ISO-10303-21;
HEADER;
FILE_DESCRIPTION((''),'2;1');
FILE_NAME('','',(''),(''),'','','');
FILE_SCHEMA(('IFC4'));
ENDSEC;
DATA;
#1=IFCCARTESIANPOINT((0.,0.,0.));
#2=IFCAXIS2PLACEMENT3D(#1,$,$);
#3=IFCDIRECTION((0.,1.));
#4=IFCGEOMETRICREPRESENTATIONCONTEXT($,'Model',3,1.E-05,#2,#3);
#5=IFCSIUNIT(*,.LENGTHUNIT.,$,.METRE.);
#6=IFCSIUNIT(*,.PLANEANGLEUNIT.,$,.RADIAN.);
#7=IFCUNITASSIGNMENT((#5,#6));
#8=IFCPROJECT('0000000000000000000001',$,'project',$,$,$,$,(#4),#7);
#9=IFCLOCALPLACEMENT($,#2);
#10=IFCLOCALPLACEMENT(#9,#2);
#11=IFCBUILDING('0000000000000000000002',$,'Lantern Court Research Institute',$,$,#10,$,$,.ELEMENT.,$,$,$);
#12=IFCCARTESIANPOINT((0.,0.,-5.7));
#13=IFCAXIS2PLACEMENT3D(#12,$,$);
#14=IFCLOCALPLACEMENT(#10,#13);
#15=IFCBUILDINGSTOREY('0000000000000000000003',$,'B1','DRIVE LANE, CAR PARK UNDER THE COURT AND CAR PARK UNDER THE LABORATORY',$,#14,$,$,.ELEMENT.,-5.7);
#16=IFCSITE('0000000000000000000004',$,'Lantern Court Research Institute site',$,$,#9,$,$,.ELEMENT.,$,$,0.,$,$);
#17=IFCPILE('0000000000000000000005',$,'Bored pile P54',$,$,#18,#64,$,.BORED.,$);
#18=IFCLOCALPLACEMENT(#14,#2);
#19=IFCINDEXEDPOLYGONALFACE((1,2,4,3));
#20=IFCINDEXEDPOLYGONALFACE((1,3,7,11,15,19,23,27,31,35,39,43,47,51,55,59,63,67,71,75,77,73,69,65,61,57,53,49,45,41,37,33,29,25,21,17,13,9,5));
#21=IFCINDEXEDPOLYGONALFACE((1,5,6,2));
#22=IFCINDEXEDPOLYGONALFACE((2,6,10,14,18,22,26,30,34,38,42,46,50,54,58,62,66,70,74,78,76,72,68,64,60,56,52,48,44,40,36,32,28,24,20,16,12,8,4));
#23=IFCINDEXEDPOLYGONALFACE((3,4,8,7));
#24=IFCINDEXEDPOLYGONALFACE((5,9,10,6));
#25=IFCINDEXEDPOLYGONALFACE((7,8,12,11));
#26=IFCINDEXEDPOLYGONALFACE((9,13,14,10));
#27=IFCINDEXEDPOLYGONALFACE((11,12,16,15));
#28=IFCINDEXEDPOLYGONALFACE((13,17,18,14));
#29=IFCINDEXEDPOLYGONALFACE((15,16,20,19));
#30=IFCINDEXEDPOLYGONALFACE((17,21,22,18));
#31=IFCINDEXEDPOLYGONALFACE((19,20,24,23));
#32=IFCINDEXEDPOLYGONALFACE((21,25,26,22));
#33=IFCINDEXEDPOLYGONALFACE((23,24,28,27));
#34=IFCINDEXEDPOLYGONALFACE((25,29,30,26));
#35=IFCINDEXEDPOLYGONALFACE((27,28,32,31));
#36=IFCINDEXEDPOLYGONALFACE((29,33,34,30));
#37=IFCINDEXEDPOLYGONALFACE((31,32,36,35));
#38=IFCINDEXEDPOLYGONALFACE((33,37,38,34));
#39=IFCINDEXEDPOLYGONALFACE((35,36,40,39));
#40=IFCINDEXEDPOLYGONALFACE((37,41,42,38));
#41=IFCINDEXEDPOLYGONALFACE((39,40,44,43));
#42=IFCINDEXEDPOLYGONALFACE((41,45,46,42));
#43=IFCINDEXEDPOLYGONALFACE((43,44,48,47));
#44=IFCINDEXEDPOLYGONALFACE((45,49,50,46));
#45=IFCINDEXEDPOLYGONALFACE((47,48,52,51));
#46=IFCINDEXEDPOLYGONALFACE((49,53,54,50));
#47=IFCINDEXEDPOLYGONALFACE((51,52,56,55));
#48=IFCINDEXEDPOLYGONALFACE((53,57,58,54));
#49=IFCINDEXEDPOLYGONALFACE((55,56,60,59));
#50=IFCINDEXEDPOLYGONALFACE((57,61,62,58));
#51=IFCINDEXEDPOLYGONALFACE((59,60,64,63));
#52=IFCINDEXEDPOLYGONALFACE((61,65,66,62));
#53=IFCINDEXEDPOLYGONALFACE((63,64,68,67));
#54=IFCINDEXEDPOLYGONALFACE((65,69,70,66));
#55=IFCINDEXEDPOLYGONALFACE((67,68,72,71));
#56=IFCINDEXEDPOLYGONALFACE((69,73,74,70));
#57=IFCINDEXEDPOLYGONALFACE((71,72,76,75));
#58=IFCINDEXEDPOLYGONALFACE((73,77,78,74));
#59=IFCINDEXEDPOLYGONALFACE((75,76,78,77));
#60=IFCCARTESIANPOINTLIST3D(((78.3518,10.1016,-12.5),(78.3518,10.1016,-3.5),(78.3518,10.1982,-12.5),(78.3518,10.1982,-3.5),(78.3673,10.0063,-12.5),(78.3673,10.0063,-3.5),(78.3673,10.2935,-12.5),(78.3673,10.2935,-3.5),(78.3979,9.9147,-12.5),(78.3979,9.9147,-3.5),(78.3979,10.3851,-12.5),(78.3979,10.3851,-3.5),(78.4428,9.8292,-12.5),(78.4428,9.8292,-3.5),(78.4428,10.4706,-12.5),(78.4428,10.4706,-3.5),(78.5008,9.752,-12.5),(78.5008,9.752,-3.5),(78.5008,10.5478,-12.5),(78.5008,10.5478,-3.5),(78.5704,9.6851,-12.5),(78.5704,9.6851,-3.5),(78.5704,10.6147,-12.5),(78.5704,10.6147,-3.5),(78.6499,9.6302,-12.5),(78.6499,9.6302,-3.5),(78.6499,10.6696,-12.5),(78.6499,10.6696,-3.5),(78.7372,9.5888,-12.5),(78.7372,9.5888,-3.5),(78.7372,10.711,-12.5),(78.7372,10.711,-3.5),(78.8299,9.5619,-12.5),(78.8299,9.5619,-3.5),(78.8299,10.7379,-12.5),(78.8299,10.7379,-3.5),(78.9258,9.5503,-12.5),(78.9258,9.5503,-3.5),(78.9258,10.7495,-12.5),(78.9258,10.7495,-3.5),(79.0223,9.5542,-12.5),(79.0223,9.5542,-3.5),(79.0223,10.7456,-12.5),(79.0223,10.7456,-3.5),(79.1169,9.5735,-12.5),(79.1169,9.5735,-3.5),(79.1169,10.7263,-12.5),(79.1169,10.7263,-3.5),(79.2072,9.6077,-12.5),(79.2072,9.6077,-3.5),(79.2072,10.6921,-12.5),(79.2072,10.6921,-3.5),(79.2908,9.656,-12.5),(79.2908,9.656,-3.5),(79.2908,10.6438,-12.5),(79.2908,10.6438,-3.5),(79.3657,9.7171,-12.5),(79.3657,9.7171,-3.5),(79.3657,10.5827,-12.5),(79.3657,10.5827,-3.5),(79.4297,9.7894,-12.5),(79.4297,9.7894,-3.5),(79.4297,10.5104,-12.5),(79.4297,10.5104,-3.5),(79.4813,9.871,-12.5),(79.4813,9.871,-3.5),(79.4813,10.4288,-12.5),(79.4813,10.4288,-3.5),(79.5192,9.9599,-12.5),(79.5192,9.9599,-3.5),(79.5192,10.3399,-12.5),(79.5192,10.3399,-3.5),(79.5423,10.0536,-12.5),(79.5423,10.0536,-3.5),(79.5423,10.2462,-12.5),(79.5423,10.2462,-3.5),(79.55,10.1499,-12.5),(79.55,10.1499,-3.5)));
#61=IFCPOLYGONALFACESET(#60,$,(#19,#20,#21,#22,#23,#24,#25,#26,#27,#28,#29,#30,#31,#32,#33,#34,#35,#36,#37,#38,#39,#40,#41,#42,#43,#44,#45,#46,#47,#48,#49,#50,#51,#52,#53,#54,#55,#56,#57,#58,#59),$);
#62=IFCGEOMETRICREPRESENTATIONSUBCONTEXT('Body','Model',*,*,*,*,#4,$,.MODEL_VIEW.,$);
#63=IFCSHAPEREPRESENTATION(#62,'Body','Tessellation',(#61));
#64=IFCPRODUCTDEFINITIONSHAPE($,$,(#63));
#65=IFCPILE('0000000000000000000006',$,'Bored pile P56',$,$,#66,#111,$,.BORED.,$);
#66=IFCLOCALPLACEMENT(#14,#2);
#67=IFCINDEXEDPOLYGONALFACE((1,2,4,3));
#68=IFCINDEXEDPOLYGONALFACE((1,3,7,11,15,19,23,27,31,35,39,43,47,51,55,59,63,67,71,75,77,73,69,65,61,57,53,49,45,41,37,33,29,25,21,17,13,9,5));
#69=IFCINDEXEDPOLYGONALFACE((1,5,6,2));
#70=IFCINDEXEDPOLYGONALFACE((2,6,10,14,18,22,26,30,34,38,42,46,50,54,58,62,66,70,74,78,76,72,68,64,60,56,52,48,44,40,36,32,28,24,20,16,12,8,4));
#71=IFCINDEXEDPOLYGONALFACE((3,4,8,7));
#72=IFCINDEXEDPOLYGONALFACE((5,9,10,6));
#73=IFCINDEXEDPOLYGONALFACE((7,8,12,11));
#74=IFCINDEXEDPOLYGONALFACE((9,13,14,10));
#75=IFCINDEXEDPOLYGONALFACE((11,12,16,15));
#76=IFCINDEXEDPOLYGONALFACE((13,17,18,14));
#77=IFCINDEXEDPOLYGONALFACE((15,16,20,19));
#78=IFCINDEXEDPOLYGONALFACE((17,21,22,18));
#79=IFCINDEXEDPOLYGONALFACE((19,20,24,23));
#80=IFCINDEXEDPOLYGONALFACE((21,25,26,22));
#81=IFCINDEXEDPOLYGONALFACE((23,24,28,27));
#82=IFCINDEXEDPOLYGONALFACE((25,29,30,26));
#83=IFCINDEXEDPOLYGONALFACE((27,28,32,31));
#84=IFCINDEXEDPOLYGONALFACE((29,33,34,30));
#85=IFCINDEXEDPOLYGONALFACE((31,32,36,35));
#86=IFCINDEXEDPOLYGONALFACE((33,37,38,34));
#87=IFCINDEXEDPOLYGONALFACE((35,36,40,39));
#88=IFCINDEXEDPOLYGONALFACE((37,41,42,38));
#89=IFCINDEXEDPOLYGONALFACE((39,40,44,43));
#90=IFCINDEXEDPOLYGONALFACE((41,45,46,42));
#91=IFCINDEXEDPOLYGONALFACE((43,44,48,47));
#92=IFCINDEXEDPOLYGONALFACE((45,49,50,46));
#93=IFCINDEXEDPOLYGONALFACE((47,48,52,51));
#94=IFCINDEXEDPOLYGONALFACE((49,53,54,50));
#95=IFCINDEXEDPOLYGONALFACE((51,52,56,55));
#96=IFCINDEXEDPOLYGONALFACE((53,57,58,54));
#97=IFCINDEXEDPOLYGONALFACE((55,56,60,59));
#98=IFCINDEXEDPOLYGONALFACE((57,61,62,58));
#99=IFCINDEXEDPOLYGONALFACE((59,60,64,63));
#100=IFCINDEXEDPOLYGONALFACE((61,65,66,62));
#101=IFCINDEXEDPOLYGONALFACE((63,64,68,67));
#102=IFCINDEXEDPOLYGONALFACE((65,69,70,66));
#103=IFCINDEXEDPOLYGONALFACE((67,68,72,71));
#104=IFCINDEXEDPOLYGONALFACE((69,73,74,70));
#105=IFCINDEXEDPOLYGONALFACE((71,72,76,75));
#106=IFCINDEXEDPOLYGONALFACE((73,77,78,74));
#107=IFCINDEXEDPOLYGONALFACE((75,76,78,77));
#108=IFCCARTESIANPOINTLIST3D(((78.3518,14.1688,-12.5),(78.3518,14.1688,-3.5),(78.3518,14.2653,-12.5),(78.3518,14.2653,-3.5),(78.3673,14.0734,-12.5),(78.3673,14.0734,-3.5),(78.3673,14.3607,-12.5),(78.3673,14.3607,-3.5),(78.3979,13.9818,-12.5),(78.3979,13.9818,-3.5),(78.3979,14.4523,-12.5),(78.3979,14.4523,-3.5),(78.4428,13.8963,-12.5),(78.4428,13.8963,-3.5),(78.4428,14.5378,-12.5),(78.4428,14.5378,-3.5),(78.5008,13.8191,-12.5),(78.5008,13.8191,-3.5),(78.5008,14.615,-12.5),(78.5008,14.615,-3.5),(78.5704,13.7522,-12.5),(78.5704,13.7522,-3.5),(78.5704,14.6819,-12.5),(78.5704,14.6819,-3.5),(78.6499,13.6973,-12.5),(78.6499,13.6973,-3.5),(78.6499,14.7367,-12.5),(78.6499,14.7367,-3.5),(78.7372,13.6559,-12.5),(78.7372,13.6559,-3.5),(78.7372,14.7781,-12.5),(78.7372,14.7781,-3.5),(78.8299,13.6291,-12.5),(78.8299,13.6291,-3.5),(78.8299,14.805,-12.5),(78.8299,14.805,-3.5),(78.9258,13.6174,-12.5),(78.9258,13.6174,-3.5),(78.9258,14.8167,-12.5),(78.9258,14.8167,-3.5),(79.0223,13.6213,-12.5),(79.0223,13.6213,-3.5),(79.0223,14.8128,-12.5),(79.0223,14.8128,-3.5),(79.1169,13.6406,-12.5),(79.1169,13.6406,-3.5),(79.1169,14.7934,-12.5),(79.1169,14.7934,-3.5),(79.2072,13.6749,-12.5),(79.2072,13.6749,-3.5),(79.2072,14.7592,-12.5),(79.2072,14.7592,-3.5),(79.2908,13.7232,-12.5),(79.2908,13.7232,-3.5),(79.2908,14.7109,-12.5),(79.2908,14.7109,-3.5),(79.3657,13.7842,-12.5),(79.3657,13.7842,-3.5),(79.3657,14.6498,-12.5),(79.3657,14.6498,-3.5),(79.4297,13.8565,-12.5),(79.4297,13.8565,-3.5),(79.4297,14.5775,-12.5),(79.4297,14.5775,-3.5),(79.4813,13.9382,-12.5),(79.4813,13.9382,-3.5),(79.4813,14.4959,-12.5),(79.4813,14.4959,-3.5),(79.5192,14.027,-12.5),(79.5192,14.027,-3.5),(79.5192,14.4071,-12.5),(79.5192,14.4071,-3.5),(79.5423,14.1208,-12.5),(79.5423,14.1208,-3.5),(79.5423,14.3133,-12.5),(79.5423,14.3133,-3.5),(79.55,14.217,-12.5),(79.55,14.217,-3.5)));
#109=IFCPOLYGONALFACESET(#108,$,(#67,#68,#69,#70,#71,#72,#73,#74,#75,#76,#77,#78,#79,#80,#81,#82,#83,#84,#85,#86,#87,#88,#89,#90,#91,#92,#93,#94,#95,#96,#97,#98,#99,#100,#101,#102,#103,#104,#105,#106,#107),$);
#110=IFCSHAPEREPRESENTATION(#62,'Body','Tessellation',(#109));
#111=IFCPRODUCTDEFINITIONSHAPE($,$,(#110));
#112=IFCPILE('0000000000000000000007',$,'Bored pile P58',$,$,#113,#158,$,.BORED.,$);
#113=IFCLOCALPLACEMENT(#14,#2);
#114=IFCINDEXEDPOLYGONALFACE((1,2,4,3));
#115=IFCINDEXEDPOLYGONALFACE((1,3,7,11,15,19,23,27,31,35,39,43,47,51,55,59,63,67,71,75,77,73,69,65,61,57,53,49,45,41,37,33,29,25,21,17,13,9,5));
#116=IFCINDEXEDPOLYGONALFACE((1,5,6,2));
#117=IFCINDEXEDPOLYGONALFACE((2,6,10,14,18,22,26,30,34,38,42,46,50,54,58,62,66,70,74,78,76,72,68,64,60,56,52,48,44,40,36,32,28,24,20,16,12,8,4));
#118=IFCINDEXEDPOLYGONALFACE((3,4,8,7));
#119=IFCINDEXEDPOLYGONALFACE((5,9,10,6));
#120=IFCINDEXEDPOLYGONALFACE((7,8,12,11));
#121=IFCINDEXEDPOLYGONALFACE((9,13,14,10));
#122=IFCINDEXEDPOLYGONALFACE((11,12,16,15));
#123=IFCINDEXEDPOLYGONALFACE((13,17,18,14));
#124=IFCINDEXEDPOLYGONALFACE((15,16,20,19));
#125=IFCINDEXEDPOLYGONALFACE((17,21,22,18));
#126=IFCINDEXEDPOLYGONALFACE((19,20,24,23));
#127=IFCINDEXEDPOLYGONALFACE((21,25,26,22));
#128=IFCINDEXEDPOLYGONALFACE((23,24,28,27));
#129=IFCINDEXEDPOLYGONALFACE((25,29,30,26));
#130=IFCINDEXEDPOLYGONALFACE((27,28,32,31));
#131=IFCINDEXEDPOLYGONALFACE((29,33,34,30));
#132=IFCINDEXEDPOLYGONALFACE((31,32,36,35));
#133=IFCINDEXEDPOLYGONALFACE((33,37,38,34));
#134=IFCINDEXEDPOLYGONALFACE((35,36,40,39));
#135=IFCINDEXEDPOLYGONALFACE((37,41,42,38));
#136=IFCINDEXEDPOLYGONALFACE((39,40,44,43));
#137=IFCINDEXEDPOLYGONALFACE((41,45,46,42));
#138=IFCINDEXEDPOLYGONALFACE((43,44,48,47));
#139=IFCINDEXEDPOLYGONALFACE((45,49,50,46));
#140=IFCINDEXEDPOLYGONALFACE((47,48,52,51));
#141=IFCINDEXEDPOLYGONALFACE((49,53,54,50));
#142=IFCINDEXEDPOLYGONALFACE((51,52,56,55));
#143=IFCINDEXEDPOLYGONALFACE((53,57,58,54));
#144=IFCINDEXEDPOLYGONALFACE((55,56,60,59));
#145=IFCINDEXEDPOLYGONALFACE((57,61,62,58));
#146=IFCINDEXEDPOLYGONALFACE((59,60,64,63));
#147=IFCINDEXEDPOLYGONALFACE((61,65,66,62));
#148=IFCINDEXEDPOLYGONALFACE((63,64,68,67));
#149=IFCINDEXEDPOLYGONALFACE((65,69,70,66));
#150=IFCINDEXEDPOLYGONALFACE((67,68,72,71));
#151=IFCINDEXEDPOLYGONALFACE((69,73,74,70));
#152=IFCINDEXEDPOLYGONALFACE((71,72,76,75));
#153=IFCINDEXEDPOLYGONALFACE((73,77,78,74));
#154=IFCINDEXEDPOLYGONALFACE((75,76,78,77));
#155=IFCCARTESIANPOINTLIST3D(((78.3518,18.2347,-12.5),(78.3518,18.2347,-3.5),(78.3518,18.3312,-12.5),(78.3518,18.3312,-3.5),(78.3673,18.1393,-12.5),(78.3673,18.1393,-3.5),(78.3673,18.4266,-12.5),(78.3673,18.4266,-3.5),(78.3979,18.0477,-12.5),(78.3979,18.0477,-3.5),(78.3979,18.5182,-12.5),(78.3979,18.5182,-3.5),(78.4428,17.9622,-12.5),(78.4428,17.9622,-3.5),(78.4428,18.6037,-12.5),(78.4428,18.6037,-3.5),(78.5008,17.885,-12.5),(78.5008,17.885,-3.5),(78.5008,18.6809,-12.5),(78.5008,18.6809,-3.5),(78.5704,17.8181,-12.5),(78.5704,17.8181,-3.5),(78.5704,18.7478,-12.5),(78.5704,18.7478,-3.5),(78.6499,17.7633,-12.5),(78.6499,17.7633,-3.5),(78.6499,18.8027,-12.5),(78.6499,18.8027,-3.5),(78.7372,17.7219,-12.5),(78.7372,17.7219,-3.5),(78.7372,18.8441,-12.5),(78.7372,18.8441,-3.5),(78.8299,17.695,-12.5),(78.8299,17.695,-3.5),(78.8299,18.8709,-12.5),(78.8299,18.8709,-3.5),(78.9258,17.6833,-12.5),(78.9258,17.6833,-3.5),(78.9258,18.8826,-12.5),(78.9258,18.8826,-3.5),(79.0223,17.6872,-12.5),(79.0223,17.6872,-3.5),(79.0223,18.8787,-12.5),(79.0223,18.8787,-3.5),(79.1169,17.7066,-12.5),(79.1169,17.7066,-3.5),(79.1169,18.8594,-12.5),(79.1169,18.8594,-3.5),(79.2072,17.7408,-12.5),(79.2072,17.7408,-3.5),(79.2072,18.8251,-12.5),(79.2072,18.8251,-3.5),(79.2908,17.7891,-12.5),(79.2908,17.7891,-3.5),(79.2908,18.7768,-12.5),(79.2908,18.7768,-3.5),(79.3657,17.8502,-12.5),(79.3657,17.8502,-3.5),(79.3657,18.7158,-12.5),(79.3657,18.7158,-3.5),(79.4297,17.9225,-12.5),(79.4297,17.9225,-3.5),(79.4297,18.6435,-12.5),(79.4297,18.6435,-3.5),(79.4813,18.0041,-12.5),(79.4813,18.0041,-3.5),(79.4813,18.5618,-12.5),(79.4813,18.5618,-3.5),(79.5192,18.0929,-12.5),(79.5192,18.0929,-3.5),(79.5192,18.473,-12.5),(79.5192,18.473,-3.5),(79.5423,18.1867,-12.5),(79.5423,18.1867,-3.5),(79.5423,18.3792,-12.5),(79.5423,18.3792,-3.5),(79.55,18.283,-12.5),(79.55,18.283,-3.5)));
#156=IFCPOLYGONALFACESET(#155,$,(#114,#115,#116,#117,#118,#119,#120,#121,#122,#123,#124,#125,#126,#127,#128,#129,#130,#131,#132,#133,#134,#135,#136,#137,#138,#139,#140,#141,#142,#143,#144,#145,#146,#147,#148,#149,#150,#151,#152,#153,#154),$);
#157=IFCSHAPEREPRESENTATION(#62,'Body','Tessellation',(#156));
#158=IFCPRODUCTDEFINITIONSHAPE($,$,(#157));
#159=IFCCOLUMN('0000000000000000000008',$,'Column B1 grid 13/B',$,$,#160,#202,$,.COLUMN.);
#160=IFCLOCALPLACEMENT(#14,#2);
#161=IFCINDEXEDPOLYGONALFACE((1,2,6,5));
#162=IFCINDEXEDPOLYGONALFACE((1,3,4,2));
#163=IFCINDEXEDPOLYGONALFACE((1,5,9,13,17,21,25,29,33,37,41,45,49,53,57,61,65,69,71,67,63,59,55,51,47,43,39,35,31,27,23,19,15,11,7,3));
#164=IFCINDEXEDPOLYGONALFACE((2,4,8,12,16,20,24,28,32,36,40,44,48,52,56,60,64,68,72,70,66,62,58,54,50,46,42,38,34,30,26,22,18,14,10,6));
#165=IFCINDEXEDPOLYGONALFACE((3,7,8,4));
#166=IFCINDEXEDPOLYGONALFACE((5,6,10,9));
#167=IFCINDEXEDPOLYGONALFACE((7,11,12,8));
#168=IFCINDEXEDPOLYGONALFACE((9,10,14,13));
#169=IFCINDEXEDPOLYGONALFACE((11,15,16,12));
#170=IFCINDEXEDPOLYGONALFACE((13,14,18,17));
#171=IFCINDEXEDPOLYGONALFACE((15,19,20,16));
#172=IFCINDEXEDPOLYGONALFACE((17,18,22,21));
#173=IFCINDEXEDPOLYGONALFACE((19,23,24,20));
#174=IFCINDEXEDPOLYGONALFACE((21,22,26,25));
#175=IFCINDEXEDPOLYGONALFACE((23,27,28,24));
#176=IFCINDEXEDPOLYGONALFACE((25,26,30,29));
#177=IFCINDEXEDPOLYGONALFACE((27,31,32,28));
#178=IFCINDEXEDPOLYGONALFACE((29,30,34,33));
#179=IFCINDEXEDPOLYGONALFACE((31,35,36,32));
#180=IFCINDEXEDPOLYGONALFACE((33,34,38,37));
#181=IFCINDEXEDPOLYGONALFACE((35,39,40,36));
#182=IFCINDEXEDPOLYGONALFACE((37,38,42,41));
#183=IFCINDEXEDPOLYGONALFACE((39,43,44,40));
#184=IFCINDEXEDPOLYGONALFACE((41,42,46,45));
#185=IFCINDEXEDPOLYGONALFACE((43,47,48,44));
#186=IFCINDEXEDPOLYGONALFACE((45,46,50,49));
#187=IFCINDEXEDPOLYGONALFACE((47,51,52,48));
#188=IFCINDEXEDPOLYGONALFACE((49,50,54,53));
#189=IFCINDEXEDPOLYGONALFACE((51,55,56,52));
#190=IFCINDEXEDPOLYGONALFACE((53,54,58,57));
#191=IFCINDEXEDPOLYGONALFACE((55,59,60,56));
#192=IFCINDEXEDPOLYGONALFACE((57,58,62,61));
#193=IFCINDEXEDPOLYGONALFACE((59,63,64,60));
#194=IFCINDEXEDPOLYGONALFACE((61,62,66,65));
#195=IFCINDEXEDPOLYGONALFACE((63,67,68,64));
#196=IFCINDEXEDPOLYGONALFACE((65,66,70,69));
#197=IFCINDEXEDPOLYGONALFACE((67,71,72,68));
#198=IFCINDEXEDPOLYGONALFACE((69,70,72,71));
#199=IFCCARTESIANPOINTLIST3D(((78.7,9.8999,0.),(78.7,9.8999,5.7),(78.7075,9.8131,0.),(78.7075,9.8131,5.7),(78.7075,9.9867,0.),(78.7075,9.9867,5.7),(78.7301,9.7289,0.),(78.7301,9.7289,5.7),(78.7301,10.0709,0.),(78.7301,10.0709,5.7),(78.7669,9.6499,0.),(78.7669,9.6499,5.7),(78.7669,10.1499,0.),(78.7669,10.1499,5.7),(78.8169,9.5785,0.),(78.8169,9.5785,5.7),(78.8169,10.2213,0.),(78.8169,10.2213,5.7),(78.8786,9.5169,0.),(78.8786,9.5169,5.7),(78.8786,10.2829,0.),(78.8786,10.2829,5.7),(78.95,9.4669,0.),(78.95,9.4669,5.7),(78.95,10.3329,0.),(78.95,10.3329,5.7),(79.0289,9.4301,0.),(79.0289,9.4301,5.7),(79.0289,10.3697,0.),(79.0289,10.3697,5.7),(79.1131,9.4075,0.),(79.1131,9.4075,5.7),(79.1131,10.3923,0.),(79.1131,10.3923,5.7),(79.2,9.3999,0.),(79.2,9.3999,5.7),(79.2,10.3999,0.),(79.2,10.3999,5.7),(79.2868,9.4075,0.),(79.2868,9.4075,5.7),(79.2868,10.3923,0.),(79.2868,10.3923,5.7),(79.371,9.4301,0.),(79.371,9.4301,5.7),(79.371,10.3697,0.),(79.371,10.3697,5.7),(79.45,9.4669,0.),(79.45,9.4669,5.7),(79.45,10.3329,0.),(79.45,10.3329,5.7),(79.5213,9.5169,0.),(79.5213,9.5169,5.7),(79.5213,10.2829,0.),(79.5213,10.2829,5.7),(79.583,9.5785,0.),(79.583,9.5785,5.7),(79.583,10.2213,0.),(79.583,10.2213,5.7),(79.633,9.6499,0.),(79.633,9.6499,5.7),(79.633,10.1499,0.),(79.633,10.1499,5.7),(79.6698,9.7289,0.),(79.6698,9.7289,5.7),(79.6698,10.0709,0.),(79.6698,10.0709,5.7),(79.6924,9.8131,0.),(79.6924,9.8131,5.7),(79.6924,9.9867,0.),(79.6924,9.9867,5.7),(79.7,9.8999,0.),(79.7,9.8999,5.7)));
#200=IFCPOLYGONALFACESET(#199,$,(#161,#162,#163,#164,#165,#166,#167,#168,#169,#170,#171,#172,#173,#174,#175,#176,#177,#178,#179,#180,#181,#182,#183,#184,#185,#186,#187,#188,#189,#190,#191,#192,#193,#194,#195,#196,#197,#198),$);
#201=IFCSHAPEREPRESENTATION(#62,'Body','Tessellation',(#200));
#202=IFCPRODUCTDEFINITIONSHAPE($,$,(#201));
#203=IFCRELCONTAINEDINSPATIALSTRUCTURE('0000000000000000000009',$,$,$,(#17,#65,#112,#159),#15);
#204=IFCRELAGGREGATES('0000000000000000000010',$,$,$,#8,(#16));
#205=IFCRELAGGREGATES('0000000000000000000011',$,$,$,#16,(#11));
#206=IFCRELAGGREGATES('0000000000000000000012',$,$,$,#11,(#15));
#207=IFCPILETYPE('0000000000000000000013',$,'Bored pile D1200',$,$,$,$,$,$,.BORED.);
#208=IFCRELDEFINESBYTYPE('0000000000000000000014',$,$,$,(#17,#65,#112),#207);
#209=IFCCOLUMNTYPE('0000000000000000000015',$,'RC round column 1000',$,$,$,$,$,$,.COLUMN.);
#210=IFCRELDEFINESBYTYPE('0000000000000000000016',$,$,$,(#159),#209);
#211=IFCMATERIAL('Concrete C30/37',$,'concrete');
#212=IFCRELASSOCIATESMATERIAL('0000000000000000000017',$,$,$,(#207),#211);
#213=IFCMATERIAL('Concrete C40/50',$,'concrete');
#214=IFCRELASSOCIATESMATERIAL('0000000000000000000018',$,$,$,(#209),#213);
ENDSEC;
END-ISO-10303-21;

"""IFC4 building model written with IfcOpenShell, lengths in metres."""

from ifc_helpers import new_model, si_unit, direction, frame, origin, origin_2d, place, context, subcontext, project, spatial, circle, extrude, material, material_profile, profile_set, type_object, element, save


model = new_model("IFC4")

# Units and contexts
model_context = context("Model", 3, precision=1e-05, world=origin(), true_north=direction((0.0, 1.0)))
body_context = subcontext(model_context, "Body", "Model", "MODEL_VIEW")
ifc_project = project(units=[si_unit("LENGTHUNIT", "METRE"), si_unit("PLANEANGLEUNIT", "RADIAN")], contexts=[model_context])

# Site, building, storey
site_placement = place(None, origin())
site = spatial("IfcSite", under=ifc_project, at=site_placement, Name="Lantern Court Research Institute site", CompositionType="ELEMENT", RefElevation=0.0)
building_placement = place(site_placement, origin())
building = spatial("IfcBuilding", under=site, at=building_placement, Name="Lantern Court Research Institute", CompositionType="ELEMENT")
storey_placement = place(building_placement, frame((0.0, 0.0, -5.7)))
storey = spatial("IfcBuildingStorey", under=building, at=storey_placement, Name="B1", Description="DRIVE LANE, CAR PARK UNDER THE COURT AND CAR PARK UNDER THE LABORATORY", CompositionType="ELEMENT", Elevation=-5.7)

# Piles
ifc_material_1 = material(Name="Concrete C30/37", Category="concrete")
ifc_material_profile_1 = material_profile(ifc_material_1, circle(Radius=0.6001, at=origin_2d()), Name="Bored pile D1200")
ifc_profile_set_1 = profile_set([ifc_material_profile_1], Name="Concrete C30/37")
pile_type = type_object("IfcPileType", Name="Bored pile D1200", PredefinedType="BORED", material=ifc_profile_set_1)
for number, where, z_axis, x_axis, name in (
    (1, (78.95, 10.1499, -3.5), (0.0, 0.0, -1.0), (1.0, 0.0, 0.0), "Bored pile P54"),
    (2, (78.95, 14.217, -3.5), (0.0, 0.0, -1.0), (1.0, 0.0, 0.0), "Bored pile P56"),
    (3, (78.95, 18.283, -3.5), (0.0, 0.0, -1.0), (1.0, 0.0, 0.0), "Bored pile P58"),
):
    element("IfcPile", number, at=place(storey_placement, frame(where, z_axis=z_axis, x_axis=x_axis)), inside=storey, type_object=pile_type, Name=name, PredefinedType="BORED", context=body_context, shape_type="SweptSolid", body=[
        extrude(circle(Radius=0.6001, at=origin_2d()), origin(), (0.0, 0.0, 1.0), 9.0),
    ])

# Column
ifc_material_2 = material(Name="Concrete C40/50", Category="concrete")
ifc_material_profile_2 = material_profile(ifc_material_2, circle(Radius=0.5, at=origin_2d()), Name="RC round column 1000")
ifc_profile_set_2 = profile_set([ifc_material_profile_2], Name="Concrete C40/50")
column_type = type_object("IfcColumnType", Name="RC round column 1000", PredefinedType="COLUMN", material=ifc_profile_set_2)
column_placement = place(storey_placement, frame((79.2, 9.8999, 0.0), z_axis=(0.0, 0.0, 1.0), x_axis=(1.0, 0.0, 0.0)))
element("IfcColumn", 4, at=column_placement, inside=storey, type_object=column_type, Name="Column B1 grid 13/B", PredefinedType="COLUMN", context=body_context, shape_type="SweptSolid", body=[
    extrude(circle(Radius=0.5, at=origin_2d()), origin(), (0.0, 0.0, 1.0), 5.7),
])

save(model, "model.ifc")
